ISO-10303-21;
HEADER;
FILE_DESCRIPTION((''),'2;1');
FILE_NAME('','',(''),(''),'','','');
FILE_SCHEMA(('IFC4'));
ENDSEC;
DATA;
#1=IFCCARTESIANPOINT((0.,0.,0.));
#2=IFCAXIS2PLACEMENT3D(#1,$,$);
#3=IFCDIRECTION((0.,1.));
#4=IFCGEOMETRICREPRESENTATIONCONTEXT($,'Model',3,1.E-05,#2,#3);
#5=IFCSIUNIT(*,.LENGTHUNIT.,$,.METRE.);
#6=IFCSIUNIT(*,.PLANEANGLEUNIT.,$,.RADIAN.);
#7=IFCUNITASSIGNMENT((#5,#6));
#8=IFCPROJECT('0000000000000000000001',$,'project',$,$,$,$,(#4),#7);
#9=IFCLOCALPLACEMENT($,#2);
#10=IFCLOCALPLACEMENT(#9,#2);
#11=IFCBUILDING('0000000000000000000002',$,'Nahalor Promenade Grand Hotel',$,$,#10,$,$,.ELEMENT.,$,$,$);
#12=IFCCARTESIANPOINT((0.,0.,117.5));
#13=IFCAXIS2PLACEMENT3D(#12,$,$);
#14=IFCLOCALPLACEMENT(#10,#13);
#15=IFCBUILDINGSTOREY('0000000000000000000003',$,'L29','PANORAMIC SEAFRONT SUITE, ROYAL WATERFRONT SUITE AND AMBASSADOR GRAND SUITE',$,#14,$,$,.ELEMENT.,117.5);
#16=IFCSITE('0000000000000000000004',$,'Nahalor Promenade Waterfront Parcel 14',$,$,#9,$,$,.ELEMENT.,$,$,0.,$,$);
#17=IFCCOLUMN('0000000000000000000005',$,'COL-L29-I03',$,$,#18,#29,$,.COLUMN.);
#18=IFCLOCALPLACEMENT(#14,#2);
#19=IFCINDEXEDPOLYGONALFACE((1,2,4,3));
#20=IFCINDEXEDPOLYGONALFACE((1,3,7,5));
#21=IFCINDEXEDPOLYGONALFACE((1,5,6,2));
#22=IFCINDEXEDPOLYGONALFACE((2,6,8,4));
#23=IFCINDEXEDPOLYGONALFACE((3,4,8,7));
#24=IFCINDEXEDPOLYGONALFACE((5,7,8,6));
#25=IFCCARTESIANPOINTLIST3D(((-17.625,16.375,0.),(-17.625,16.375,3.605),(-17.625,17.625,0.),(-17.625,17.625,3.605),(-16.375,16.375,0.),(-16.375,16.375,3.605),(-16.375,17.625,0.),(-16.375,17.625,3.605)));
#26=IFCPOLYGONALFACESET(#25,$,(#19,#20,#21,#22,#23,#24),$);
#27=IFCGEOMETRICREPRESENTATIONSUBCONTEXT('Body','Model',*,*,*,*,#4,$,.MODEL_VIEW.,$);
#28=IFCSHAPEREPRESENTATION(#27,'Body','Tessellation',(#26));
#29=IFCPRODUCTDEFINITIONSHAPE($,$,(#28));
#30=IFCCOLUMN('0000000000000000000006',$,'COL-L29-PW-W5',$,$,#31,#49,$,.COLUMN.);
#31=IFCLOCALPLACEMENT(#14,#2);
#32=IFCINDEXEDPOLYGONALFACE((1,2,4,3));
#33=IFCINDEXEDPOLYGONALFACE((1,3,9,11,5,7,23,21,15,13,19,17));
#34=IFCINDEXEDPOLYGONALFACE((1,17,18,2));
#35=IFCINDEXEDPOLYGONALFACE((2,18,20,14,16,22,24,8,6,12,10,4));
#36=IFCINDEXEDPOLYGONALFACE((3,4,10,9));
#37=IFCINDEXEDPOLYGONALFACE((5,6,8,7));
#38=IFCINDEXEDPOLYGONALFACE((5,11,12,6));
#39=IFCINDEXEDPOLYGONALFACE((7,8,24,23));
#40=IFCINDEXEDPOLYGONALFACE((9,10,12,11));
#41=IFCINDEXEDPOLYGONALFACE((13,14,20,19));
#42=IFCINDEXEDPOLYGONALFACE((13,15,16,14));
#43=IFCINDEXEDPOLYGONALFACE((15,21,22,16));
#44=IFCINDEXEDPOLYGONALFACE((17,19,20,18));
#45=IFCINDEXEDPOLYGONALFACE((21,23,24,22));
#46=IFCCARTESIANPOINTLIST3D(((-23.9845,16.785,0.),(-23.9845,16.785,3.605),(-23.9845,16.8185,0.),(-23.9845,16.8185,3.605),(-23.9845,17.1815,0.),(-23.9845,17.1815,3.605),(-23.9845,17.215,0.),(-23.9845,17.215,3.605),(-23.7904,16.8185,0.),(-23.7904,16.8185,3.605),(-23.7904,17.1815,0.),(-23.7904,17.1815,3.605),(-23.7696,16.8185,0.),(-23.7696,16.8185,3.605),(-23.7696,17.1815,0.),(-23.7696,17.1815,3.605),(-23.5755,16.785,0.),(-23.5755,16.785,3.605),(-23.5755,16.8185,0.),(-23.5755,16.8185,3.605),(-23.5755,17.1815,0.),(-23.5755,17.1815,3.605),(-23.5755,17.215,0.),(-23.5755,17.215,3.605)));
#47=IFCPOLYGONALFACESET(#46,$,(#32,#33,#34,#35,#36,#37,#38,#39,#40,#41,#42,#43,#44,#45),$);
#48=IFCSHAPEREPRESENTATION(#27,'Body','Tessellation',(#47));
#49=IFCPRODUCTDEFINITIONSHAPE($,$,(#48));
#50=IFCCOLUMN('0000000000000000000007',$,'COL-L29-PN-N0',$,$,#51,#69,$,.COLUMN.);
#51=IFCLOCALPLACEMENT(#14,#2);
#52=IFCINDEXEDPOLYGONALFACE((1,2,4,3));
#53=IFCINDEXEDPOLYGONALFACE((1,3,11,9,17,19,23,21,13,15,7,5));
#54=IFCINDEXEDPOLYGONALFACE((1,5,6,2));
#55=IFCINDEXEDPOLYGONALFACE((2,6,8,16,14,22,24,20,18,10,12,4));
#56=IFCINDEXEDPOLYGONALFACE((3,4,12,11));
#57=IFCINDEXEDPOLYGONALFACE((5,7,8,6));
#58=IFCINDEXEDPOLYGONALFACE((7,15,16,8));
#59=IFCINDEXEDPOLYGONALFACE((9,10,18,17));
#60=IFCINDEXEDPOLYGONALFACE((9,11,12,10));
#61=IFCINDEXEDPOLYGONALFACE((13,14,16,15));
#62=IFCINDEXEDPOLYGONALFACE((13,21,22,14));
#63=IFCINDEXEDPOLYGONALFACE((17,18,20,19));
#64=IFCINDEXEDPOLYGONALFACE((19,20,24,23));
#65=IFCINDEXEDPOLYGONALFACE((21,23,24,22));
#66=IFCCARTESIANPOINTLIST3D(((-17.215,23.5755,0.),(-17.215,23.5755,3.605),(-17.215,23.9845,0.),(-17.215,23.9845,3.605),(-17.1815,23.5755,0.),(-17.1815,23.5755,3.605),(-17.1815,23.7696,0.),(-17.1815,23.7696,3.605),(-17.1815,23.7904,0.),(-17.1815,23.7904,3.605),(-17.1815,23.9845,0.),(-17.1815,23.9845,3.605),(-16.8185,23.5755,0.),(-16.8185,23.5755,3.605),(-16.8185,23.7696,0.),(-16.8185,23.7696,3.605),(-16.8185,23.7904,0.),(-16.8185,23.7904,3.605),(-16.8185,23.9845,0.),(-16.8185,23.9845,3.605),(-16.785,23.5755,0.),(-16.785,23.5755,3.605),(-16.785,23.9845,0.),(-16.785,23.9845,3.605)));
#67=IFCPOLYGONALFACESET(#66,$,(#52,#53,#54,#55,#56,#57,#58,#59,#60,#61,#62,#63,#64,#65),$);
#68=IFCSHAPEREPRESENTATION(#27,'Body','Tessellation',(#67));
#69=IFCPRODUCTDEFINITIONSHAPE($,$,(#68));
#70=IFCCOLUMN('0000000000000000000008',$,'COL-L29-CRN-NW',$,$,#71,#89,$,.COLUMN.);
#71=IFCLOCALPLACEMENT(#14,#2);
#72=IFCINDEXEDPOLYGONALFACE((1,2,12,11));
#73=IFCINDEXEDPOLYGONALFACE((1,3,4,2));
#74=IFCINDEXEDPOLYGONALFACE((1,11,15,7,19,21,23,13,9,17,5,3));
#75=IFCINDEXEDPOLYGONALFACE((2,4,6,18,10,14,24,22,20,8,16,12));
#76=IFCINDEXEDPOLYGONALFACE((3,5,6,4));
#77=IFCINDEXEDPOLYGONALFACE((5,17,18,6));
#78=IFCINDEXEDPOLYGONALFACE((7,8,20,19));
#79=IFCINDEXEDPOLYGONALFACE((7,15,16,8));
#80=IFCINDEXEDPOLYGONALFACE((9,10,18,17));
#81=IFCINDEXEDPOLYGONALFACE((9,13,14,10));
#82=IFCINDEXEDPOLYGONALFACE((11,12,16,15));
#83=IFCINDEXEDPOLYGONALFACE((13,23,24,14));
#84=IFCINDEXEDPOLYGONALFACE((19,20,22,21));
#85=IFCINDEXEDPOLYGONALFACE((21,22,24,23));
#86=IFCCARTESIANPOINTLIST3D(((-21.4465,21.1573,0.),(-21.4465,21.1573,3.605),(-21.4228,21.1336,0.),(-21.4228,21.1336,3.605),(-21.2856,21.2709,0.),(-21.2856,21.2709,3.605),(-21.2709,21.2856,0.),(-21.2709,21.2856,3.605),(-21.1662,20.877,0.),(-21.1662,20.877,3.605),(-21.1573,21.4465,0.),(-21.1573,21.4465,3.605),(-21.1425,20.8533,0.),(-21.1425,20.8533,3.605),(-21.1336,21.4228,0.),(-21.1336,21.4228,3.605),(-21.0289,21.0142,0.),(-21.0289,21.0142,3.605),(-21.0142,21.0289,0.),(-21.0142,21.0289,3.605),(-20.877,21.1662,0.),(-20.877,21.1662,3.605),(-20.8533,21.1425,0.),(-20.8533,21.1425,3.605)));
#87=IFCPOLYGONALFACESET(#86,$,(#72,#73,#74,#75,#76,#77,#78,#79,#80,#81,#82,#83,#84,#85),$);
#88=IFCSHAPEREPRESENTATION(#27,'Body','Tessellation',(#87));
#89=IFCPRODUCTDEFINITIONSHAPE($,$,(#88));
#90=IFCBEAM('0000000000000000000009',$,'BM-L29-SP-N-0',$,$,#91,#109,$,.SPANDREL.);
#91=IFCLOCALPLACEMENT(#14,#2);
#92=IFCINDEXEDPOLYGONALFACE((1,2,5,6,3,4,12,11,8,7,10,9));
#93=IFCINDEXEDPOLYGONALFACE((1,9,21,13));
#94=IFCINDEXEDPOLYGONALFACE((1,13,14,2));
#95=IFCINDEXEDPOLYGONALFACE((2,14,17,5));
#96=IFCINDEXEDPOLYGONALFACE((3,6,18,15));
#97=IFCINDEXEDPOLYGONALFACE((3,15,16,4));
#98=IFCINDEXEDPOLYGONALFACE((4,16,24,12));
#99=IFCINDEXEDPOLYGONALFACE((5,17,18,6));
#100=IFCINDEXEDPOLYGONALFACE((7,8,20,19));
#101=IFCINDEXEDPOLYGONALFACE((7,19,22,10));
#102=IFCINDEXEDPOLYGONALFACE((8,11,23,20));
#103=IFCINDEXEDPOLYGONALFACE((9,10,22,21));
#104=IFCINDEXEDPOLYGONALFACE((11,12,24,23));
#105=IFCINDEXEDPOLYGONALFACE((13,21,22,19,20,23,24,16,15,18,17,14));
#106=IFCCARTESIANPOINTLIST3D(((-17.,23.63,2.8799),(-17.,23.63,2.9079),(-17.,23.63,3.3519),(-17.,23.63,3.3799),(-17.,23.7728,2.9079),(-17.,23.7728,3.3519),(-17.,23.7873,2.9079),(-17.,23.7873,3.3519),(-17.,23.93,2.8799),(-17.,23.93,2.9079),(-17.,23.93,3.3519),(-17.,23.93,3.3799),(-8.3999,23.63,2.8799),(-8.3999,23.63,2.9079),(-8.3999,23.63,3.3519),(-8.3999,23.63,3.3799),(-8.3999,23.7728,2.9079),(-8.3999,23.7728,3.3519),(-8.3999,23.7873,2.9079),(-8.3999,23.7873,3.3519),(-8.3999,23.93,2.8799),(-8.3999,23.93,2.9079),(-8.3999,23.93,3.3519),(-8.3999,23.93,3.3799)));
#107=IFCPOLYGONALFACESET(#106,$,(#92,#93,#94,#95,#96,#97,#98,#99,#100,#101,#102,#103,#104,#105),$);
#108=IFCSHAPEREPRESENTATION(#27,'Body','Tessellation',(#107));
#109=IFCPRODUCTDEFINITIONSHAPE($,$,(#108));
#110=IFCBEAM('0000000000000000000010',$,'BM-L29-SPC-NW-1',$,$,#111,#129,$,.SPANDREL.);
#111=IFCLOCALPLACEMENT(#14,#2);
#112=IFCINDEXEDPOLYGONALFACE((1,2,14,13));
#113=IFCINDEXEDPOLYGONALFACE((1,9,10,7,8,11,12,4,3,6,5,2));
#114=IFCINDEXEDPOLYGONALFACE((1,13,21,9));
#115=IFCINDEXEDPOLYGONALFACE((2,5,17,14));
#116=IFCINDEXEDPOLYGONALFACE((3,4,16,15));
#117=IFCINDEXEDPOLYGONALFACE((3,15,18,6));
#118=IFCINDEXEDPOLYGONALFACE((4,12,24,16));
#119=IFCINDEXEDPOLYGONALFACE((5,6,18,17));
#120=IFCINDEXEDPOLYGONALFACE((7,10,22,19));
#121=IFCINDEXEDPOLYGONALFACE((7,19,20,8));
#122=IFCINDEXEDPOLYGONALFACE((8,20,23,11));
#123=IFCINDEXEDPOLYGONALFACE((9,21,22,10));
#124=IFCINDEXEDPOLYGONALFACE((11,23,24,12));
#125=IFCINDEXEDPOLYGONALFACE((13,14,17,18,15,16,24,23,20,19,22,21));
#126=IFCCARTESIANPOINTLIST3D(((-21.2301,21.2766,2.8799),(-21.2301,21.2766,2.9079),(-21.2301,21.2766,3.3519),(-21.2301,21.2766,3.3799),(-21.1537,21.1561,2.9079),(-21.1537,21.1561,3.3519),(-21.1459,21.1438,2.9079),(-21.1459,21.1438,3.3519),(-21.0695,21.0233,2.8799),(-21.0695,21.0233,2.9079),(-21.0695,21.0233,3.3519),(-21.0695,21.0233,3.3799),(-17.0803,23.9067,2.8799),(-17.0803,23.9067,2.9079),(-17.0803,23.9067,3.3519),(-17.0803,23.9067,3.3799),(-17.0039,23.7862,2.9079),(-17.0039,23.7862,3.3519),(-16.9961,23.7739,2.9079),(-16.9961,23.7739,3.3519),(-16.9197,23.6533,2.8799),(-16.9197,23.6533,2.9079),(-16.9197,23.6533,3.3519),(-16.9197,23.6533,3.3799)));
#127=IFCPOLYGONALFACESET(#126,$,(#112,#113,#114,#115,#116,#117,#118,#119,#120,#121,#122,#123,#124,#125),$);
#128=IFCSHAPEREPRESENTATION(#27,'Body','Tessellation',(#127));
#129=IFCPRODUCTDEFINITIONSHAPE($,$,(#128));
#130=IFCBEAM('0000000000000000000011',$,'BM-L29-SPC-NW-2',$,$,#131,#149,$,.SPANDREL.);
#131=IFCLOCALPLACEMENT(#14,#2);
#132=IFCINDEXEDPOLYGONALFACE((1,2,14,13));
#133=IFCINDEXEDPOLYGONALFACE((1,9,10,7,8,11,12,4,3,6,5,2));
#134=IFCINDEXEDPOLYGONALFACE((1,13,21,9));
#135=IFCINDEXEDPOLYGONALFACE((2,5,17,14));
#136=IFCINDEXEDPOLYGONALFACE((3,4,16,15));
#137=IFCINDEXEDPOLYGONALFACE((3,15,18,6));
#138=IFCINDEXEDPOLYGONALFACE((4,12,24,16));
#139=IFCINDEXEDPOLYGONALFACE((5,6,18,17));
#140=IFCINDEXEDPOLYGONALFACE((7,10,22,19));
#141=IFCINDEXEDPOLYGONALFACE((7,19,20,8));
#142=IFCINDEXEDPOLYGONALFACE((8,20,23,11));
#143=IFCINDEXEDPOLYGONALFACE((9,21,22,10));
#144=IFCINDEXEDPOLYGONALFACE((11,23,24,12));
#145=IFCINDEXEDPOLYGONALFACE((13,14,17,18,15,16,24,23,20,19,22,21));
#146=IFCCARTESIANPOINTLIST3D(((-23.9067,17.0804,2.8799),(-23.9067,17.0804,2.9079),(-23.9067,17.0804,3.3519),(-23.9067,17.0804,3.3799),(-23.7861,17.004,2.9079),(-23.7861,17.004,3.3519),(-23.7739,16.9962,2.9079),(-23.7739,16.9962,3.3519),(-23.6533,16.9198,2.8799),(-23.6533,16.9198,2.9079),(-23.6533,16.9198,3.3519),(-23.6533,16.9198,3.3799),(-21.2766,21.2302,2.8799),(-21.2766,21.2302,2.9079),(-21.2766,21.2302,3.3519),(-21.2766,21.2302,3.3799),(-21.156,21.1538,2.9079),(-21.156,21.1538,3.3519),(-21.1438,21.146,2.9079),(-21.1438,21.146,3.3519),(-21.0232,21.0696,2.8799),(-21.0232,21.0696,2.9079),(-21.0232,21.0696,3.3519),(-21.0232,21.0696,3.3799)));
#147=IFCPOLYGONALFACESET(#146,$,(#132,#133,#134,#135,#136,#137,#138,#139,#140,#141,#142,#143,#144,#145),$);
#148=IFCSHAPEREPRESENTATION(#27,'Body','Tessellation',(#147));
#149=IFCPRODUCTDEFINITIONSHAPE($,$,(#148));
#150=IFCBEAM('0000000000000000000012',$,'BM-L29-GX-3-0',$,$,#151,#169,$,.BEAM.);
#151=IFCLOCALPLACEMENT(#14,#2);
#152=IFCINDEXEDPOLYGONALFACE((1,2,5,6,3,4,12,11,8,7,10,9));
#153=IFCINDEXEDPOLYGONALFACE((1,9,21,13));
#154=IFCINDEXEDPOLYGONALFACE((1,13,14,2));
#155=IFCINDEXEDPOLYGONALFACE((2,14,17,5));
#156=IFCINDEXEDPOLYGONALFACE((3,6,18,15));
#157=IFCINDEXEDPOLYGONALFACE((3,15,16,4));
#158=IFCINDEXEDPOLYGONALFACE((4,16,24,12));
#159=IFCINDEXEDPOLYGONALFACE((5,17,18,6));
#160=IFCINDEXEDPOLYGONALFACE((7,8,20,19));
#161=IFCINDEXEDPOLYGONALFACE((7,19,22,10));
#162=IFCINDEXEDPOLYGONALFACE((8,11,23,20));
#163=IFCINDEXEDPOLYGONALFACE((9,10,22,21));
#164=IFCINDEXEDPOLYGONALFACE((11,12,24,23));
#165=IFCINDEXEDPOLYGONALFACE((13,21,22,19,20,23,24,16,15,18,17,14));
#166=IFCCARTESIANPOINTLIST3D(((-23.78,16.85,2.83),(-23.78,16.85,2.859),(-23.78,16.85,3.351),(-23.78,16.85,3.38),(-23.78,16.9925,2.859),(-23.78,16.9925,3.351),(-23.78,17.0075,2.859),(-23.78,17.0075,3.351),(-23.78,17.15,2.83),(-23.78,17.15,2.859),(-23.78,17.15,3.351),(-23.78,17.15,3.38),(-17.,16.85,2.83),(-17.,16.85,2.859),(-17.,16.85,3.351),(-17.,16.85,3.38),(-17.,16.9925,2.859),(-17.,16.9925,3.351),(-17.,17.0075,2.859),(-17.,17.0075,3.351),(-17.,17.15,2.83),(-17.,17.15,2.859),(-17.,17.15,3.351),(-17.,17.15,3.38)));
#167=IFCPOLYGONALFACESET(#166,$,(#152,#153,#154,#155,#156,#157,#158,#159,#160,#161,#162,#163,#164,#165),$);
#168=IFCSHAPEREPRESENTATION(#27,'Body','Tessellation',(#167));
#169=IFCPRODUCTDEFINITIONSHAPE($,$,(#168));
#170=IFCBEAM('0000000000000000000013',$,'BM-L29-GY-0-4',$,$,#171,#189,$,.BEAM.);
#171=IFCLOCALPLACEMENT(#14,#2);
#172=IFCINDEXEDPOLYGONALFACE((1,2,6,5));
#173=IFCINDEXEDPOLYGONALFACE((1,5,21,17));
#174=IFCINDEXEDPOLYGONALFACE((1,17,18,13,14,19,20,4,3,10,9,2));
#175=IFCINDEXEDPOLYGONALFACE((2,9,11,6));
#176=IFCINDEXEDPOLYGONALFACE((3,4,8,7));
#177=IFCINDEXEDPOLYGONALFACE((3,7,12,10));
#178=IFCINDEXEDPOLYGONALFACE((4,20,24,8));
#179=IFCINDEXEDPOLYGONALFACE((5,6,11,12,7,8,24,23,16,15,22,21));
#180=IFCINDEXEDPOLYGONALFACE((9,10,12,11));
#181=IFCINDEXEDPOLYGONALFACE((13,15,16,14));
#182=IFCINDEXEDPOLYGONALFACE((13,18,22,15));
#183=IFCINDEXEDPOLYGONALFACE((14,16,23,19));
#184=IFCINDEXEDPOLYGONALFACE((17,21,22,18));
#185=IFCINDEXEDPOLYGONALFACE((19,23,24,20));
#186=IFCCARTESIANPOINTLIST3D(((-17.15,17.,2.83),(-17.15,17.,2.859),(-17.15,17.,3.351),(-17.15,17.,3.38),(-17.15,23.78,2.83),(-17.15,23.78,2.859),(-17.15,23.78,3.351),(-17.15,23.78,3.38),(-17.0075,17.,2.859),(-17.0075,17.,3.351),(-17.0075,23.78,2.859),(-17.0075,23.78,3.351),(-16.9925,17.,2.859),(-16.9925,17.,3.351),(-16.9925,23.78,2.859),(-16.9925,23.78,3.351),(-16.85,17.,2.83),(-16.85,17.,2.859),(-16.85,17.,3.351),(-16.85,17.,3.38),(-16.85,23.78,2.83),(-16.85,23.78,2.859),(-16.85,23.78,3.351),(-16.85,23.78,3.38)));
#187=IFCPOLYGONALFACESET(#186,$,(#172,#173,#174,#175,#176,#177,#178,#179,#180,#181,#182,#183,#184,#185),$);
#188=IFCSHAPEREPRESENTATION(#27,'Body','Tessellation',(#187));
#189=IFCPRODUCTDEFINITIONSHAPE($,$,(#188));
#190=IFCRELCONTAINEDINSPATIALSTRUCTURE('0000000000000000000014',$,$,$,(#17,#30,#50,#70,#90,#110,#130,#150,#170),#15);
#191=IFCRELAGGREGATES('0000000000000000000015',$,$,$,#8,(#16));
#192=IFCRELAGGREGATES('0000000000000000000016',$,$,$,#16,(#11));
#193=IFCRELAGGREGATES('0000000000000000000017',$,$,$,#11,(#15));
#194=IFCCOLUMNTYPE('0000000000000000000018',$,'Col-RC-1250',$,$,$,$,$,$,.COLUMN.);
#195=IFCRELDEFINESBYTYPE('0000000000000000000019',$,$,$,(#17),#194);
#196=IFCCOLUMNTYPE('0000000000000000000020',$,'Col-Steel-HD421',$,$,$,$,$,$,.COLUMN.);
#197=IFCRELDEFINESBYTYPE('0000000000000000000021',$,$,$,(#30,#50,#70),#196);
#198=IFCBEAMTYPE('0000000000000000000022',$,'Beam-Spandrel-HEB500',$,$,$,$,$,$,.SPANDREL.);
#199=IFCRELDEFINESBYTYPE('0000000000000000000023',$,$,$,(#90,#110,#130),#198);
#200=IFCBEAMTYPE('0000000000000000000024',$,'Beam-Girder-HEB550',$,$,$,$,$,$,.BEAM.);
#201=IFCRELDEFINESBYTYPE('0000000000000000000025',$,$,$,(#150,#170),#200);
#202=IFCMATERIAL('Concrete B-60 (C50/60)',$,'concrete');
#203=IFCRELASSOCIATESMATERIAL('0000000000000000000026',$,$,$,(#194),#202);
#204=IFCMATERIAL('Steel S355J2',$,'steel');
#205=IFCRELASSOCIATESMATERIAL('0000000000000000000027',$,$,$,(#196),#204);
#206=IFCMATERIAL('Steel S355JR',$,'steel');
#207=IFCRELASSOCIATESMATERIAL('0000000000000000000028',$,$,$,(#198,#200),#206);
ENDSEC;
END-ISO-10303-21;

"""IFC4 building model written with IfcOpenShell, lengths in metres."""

from ifc_helpers import new_model, si_unit, direction, frame, origin, origin_2d, place, context, subcontext, project, spatial, rectangle, i_section, extrude, source, transform, mapped, material, material_profile, profile_set, type_object, element, save


model = new_model("IFC4")

# Units and contexts
model_context = context("Model", 3, precision=1e-05, world=origin(), true_north=direction((0.0, 1.0)))
body_context = subcontext(model_context, "Body", "Model", "MODEL_VIEW")
ifc_project = project(units=[si_unit("LENGTHUNIT", "METRE"), si_unit("PLANEANGLEUNIT", "RADIAN")], contexts=[model_context])

# Site, building, storey
site_placement = place(None, origin())
site = spatial("IfcSite", under=ifc_project, at=site_placement, Name="Nahalor Promenade Waterfront Parcel 14", CompositionType="ELEMENT", RefElevation=0.0)
building_placement = place(site_placement, origin())
building = spatial("IfcBuilding", under=site, at=building_placement, Name="Nahalor Promenade Grand Hotel", CompositionType="ELEMENT")
storey_placement = place(building_placement, frame((0.0, 0.0, 117.5)))
storey = spatial("IfcBuildingStorey", under=building, at=storey_placement, Name="L29", Description="PANORAMIC SEAFRONT SUITE, ROYAL WATERFRONT SUITE AND AMBASSADOR GRAND SUITE", CompositionType="ELEMENT", Elevation=117.5)

# Columns
ifc_material_1 = material(Name="Concrete B-60 (C50/60)", Category="concrete")
ifc_material_profile_1 = material_profile(ifc_material_1, rectangle(XDim=1.25, YDim=1.25, at=origin_2d()), Name="RC 1250x1250")
ifc_profile_set_1 = profile_set([ifc_material_profile_1], Name="Concrete B-60 (C50/60)")
column_type_1 = type_object("IfcColumnType", Name="Col-RC-1250", PredefinedType="COLUMN", material=ifc_profile_set_1)
shared_shape_1 = source(origin(), body_context, "Body", "SweptSolid", [
    extrude(rectangle(XDim=1.25, YDim=1.25, at=origin_2d()), origin(), (0.0, 0.0, 1.0), 3.605),
])
column_placement = place(storey_placement, frame((-17.0, 17.0, 0.0), z_axis=(0.0, 0.0, 1.0), x_axis=(1.0, 0.0, 0.0)))
element("IfcColumn", 1, at=column_placement, inside=storey, type_object=column_type_1, Name="COL-L29-I03", PredefinedType="COLUMN", context=body_context, shape_type="MappedRepresentation", body=[
    mapped(shared_shape_1, transform((0.0, 0.0, 0.0), scale=1.0)),
])
ifc_material_2 = material(Name="Steel S355J2", Category="steel")
ifc_material_profile_2 = material_profile(ifc_material_2, i_section(OverallWidth=0.409, OverallDepth=0.43, WebThickness=0.0208, FlangeThickness=0.0335, at=origin_2d()), Name="HD 400x421")
ifc_profile_set_2 = profile_set([ifc_material_profile_2], Name="Steel S355J2")
column_type_2 = type_object("IfcColumnType", Name="Col-Steel-HD421", PredefinedType="COLUMN", material=ifc_profile_set_2)
shared_shape_2 = source(origin(), body_context, "Body", "SweptSolid", [
    extrude(i_section(OverallWidth=0.409, OverallDepth=0.43, WebThickness=0.0208, FlangeThickness=0.0335, at=origin_2d()), origin(), (0.0, 0.0, 1.0), 3.605),
])
for number, where, z_axis, x_axis, name in (
    (2, (-23.78, 17.0, 0.0), (0.0, 0.0, 1.0), (1.0, 0.0, 0.0), "COL-L29-PW-W5"),
    (3, (-17.0, 23.78, 0.0), (0.0, 0.0, 1.0), (0.0, 1.0, 0.0), "COL-L29-PN-N0"),
    (4, (-21.1499, 21.1499, 0.0), (0.0, 0.0, 1.0), (0.707107, 0.707107, 0.0), "COL-L29-CRN-NW"),
):
    element("IfcColumn", number, at=place(storey_placement, frame(where, z_axis=z_axis, x_axis=x_axis)), inside=storey, type_object=column_type_2, Name=name, PredefinedType="COLUMN", context=body_context, shape_type="MappedRepresentation", body=[
        mapped(shared_shape_2, transform((0.0, 0.0, 0.0), scale=1.0)),
    ])

# Beams
ifc_material_3 = material(Name="Steel S355JR", Category="steel")
ifc_material_profile_3 = material_profile(ifc_material_3, i_section(OverallWidth=0.3, OverallDepth=0.5, WebThickness=0.0145, FlangeThickness=0.028, at=origin_2d()), Name="HEB 500")
ifc_profile_set_3 = profile_set([ifc_material_profile_3], Name="Steel S355JR")
beam_type_1 = type_object("IfcBeamType", Name="Beam-Spandrel-HEB500", PredefinedType="SPANDREL", material=ifc_profile_set_3)
shared_shape_3 = source(origin(), body_context, "Body", "SweptSolid", [
    extrude(i_section(OverallWidth=0.3, OverallDepth=0.5, WebThickness=0.0145, FlangeThickness=0.028, at=origin_2d()), origin(), (0.0, 0.0, 1.0), 8.6001),
])
beam_1_placement = place(storey_placement, frame((-17.0, 23.78, 3.1299), z_axis=(1.0, 0.0, 0.0), x_axis=(0.0, 1.0, 0.0)))
element("IfcBeam", 5, at=beam_1_placement, inside=storey, type_object=beam_type_1, Name="BM-L29-SP-N-0", PredefinedType="SPANDREL", context=body_context, shape_type="MappedRepresentation", body=[
    mapped(shared_shape_3, transform((0.0, 0.0, 0.0), scale=1.0)),
])
shared_shape_4 = source(origin(), body_context, "Body", "SweptSolid", [
    extrude(i_section(OverallWidth=0.3, OverallDepth=0.5, WebThickness=0.0145, FlangeThickness=0.028, at=origin_2d()), origin(), (0.0, 0.0, 1.0), 4.9131),
])
for number, where, z_axis, x_axis, name in (
    (6, (-17.0, 23.78, 3.1299), (-0.844648, -0.535322, 0.0), (0.535322, -0.844648, 0.0), "BM-L29-SPC-NW-1"),
    (7, (-21.1499, 21.1499, 3.1299), (-0.535322, -0.844648, 0.0), (0.844648, -0.535322, 0.0), "BM-L29-SPC-NW-2"),
):
    element("IfcBeam", number, at=place(storey_placement, frame(where, z_axis=z_axis, x_axis=x_axis)), inside=storey, type_object=beam_type_1, Name=name, PredefinedType="SPANDREL", context=body_context, shape_type="MappedRepresentation", body=[
        mapped(shared_shape_4, transform((0.0, 0.0, 0.0), scale=1.0)),
    ])
ifc_material_profile_4 = material_profile(ifc_material_3, i_section(OverallWidth=0.3, OverallDepth=0.55, WebThickness=0.015, FlangeThickness=0.029, at=origin_2d()), Name="HEB 550")
ifc_profile_set_4 = profile_set([ifc_material_profile_4], Name="Steel S355JR")
beam_type_2 = type_object("IfcBeamType", Name="Beam-Girder-HEB550", PredefinedType="BEAM", material=ifc_profile_set_4)
shared_shape_5 = source(origin(), body_context, "Body", "SweptSolid", [
    extrude(i_section(OverallWidth=0.3, OverallDepth=0.55, WebThickness=0.015, FlangeThickness=0.029, at=origin_2d()), origin(), (0.0, 0.0, 1.0), 6.78),
])
for number, where, z_axis, x_axis, name in (
    (8, (-23.78, 17.0, 3.105), (1.0, 0.0, 0.0), (0.0, 1.0, 0.0), "BM-L29-GX-3-0"),
    (9, (-17.0, 17.0, 3.105), (0.0, 1.0, 0.0), (-1.0, 0.0, 0.0), "BM-L29-GY-0-4"),
):
    element("IfcBeam", number, at=place(storey_placement, frame(where, z_axis=z_axis, x_axis=x_axis)), inside=storey, type_object=beam_type_2, Name=name, PredefinedType="BEAM", context=body_context, shape_type="MappedRepresentation", body=[
        mapped(shared_shape_5, transform((0.0, 0.0, 0.0), scale=1.0)),
    ])

save(model, "model.ifc")
